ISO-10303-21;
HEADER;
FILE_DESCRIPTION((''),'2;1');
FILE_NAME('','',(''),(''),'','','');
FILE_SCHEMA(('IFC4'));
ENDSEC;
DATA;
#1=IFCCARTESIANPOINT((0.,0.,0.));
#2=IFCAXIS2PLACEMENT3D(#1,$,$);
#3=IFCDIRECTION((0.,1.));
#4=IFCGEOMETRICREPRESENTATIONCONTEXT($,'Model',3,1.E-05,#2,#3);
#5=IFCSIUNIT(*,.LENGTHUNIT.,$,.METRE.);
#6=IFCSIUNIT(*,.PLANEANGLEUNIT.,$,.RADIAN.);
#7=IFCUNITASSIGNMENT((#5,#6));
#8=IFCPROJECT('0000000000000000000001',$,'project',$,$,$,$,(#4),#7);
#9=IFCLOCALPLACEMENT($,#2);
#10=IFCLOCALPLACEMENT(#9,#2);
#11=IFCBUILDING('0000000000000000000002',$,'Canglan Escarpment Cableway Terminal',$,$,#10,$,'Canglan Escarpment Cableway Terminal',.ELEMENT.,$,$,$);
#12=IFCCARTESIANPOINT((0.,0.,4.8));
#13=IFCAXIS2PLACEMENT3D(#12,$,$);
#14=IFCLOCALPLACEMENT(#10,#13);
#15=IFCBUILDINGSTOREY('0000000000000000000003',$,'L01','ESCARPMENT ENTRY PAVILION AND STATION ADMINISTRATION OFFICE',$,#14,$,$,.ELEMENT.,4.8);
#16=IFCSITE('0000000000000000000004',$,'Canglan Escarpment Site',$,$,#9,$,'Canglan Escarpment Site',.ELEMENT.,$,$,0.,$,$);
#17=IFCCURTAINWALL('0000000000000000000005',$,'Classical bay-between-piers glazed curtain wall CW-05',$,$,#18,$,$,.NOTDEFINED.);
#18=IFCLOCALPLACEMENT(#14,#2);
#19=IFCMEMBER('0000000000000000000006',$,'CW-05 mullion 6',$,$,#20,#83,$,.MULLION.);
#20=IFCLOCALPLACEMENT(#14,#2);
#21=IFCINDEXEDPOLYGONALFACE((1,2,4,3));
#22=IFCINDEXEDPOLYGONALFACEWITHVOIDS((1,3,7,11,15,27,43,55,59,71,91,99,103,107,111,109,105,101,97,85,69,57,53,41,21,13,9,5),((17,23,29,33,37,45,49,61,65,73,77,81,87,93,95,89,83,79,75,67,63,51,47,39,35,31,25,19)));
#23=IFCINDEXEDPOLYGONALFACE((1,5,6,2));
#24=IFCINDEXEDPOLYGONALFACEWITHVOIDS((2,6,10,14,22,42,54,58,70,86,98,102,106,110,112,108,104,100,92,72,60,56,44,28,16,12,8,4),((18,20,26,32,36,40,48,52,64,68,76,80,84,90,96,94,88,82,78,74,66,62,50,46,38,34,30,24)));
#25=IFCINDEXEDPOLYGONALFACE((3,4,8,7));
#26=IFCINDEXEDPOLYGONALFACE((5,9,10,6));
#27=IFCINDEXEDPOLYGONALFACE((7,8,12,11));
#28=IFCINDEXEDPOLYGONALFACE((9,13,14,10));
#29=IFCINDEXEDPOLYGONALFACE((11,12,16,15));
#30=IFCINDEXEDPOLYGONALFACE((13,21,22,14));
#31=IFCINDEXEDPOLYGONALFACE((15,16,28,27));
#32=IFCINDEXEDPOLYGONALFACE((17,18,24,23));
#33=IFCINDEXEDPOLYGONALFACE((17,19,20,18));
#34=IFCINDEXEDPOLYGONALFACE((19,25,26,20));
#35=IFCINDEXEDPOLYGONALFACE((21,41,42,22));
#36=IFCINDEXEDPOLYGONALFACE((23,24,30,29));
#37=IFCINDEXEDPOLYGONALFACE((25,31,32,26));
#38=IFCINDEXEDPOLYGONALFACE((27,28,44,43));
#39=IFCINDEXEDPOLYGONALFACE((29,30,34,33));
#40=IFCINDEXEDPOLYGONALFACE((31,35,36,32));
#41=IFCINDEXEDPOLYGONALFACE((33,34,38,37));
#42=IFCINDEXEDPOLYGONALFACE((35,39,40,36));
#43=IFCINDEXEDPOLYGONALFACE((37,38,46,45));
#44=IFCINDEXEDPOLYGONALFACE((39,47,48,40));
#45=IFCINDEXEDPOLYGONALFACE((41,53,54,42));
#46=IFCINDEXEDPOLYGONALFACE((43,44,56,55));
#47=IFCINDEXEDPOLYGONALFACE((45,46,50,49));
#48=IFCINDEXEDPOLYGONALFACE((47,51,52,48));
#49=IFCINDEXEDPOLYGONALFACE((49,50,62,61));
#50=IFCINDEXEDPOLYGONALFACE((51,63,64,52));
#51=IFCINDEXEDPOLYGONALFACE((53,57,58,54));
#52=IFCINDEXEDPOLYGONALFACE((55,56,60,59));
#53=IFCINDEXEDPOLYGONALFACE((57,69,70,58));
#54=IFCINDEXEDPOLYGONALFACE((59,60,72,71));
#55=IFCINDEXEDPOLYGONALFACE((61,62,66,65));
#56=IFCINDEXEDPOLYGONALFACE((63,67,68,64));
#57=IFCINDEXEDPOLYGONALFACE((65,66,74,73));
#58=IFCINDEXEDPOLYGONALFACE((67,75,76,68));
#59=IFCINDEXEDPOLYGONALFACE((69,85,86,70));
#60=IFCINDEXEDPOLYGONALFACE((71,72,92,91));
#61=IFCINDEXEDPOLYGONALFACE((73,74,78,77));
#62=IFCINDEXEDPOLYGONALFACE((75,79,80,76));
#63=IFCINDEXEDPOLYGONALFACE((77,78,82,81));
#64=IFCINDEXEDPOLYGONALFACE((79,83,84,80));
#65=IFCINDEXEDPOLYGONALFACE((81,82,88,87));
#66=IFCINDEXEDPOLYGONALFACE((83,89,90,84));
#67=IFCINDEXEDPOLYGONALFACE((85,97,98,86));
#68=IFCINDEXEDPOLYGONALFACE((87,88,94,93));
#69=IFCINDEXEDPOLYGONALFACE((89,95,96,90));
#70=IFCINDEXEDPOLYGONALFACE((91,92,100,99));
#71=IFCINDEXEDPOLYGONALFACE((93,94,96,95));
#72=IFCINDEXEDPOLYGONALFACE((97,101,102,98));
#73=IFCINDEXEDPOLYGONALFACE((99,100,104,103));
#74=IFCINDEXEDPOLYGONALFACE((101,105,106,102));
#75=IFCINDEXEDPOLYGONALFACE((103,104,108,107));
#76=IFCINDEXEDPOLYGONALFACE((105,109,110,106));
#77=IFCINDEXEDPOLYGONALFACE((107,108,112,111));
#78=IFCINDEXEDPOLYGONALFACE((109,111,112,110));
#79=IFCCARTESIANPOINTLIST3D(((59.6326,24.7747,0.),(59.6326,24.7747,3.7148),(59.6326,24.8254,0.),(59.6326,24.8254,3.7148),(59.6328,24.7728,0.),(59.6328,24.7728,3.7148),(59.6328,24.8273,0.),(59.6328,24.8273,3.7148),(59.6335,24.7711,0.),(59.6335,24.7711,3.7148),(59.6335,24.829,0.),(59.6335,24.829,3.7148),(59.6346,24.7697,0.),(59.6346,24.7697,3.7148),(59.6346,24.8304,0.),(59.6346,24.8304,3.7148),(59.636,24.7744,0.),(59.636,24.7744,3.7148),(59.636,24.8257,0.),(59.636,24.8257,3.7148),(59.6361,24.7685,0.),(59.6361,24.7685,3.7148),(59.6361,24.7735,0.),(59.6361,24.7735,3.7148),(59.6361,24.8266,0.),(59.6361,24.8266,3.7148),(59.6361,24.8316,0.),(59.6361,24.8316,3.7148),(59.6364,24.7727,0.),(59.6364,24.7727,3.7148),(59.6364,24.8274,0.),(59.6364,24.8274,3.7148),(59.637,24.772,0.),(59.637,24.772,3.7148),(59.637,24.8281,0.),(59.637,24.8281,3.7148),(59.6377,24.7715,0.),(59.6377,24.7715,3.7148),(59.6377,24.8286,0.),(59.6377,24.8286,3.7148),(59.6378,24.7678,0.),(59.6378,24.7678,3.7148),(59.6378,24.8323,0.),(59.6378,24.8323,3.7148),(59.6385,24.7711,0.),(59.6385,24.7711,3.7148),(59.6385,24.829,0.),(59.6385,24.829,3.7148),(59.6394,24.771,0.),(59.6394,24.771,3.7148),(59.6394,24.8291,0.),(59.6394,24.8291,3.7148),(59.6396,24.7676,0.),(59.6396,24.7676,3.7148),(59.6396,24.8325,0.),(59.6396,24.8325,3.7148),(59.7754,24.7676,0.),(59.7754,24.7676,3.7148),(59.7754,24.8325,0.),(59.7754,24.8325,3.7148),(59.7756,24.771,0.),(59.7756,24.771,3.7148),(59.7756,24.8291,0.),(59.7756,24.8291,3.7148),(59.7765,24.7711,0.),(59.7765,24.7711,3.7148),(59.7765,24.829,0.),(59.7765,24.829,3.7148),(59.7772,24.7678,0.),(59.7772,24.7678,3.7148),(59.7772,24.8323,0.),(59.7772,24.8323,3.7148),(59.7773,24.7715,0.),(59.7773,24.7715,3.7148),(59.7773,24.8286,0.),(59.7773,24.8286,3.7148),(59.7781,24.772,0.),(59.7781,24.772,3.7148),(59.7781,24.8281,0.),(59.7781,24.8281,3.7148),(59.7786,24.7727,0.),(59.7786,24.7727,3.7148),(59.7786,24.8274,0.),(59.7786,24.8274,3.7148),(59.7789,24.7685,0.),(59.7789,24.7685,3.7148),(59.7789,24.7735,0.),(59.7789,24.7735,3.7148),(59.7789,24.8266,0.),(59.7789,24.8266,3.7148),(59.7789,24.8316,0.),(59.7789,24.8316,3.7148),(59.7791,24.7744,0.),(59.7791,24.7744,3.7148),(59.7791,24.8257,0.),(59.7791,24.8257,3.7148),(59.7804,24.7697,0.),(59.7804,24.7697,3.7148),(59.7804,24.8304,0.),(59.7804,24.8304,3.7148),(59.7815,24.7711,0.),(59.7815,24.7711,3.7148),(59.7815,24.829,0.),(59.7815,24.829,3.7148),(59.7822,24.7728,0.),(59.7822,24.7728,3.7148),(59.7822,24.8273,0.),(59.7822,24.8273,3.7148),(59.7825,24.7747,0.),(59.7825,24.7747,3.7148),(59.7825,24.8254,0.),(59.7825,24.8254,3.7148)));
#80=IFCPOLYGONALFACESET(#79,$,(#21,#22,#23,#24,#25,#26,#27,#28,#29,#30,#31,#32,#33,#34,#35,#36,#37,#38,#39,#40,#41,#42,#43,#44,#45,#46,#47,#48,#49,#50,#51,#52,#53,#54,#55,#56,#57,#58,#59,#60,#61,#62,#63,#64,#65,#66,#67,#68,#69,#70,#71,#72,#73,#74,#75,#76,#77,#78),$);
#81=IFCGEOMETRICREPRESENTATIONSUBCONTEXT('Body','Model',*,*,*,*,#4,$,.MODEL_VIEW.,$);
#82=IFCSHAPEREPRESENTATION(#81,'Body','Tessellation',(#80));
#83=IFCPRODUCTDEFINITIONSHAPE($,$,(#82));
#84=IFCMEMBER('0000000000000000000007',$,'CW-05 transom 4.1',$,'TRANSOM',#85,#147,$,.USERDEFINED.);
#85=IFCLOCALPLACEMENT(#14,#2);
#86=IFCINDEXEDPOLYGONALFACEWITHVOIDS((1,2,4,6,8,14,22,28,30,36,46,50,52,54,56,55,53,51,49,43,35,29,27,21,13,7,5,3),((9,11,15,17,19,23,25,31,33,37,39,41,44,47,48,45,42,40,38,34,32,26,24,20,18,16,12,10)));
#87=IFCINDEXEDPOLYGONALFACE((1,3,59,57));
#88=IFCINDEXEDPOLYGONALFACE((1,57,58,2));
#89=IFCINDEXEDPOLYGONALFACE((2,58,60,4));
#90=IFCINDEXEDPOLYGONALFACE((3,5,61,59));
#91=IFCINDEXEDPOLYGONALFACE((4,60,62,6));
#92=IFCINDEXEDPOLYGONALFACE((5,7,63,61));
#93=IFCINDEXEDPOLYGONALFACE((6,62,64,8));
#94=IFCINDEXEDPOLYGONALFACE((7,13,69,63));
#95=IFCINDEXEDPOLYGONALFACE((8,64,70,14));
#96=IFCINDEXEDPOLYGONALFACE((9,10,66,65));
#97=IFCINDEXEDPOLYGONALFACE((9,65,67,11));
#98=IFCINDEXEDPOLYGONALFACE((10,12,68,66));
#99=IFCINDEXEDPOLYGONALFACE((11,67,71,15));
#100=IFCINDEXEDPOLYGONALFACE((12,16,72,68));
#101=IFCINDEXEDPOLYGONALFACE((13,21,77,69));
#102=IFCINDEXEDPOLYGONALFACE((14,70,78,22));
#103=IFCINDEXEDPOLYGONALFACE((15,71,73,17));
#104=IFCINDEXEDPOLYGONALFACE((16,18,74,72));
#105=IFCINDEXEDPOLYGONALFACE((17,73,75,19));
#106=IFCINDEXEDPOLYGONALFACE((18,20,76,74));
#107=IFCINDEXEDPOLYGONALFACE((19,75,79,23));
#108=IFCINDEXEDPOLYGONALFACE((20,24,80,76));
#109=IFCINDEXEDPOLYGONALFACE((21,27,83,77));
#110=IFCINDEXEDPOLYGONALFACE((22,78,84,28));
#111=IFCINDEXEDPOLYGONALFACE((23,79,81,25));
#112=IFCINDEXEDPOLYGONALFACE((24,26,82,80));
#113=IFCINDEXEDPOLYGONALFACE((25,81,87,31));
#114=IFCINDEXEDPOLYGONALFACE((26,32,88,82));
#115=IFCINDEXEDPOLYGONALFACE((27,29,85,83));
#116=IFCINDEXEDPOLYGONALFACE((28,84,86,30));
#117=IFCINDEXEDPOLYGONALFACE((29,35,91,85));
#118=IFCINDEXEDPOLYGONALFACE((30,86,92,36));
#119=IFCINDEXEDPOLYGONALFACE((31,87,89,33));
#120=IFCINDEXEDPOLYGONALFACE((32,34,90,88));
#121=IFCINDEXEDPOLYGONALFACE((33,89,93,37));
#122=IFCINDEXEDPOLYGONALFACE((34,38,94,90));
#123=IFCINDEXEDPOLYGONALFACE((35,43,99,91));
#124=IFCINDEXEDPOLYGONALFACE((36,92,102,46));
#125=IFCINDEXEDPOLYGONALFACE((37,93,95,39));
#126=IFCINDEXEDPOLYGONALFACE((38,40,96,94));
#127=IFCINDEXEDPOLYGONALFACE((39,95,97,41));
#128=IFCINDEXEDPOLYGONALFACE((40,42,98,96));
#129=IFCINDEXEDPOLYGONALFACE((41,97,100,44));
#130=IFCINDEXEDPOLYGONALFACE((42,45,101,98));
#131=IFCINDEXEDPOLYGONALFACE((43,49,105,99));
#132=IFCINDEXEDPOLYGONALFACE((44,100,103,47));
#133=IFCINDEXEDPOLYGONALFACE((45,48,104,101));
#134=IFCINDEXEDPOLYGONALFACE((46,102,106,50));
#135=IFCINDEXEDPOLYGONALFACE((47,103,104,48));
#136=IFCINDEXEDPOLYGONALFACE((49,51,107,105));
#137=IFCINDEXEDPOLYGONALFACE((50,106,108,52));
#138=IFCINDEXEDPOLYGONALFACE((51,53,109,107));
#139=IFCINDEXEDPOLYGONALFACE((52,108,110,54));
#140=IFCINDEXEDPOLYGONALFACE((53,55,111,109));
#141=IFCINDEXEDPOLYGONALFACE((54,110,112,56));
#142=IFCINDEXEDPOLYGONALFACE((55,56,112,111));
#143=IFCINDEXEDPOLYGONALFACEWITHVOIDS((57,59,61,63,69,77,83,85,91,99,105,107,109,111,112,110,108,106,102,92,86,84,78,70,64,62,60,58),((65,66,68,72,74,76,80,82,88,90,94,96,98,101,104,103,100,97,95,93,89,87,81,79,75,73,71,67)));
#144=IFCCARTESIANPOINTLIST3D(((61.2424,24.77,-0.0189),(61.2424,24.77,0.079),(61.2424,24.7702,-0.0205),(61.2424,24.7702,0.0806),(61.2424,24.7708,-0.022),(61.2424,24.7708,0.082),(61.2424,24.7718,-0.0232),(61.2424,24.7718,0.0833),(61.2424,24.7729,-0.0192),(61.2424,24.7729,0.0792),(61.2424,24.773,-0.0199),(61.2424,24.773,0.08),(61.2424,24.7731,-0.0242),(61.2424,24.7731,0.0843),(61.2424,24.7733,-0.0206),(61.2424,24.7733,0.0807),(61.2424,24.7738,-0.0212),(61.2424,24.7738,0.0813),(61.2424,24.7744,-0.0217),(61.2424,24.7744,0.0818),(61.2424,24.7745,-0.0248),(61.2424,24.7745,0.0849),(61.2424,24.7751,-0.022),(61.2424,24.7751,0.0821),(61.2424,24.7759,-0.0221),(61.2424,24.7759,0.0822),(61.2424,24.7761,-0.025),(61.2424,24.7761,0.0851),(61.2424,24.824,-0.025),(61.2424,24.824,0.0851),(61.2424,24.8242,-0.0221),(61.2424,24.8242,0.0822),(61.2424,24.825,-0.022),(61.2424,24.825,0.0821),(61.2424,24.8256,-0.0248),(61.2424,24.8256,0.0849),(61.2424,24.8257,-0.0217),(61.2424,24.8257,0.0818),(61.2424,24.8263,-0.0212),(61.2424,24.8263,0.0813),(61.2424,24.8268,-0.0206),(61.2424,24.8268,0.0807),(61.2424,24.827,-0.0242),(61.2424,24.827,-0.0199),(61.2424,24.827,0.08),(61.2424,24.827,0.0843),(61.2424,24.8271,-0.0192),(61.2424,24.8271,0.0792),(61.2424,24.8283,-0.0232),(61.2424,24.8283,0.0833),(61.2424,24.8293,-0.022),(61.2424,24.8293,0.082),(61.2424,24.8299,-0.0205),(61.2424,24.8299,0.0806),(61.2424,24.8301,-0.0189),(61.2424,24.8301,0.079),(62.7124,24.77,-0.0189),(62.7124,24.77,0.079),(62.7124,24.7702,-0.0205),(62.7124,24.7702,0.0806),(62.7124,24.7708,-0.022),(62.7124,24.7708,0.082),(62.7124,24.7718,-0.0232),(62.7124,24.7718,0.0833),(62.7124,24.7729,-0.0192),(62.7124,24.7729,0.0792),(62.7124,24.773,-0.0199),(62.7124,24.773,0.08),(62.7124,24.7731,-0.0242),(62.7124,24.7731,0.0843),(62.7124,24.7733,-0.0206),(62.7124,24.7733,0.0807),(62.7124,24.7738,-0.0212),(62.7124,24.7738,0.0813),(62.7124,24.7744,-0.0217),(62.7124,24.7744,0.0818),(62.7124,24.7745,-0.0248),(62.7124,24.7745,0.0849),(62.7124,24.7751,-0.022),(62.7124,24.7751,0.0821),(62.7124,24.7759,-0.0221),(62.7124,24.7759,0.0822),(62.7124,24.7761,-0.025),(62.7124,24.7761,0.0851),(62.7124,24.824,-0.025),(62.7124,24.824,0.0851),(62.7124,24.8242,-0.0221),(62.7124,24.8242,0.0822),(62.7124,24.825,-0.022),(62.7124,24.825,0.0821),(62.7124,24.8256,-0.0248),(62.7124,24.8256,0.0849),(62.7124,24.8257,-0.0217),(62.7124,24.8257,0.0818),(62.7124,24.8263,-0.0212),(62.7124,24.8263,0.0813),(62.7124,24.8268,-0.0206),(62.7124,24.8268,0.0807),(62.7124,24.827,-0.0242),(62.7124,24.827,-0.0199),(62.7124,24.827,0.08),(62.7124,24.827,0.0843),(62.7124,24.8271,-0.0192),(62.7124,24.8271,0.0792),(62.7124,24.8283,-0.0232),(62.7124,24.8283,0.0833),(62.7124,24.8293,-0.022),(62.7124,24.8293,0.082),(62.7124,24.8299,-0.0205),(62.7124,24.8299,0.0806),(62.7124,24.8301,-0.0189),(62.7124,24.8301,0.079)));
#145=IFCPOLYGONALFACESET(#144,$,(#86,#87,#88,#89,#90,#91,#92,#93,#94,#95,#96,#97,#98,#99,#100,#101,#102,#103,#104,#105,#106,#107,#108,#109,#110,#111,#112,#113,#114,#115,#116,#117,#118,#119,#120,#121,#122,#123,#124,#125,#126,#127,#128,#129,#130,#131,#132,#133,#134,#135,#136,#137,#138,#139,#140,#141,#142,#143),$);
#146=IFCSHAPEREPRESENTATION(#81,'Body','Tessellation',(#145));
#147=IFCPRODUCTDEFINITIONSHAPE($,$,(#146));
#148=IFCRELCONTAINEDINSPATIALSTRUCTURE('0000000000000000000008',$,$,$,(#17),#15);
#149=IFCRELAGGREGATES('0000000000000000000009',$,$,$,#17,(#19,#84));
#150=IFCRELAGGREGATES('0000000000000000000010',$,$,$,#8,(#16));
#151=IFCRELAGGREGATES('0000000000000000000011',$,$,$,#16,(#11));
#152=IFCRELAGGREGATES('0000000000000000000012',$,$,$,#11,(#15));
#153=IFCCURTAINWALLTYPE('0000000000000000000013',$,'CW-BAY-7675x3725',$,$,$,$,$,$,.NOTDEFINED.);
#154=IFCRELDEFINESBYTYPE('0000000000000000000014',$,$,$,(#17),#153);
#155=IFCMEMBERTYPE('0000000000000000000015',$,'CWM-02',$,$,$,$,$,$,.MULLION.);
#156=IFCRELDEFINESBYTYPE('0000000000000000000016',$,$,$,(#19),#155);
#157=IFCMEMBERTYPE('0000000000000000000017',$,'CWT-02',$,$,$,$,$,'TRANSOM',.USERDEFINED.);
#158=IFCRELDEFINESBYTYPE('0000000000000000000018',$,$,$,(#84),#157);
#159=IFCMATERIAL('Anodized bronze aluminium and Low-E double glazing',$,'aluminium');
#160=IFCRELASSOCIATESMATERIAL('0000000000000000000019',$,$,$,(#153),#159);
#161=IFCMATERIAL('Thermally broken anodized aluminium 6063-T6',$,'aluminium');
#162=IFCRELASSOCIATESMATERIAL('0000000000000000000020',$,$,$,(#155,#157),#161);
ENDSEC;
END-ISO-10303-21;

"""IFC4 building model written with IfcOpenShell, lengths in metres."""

from ifc_helpers import new_model, si_unit, direction, frame, origin, origin_2d, place, context, subcontext, project, spatial, hollow_rectangle, extrude, material, material_profile, profile_set, type_object, element, aggregate, save


model = new_model("IFC4")

# Units and contexts
model_context = context("Model", 3, precision=1e-05, world=origin(), true_north=direction((0.0, 1.0)))
body_context = subcontext(model_context, "Body", "Model", "MODEL_VIEW")
ifc_project = project(units=[si_unit("LENGTHUNIT", "METRE"), si_unit("PLANEANGLEUNIT", "RADIAN")], contexts=[model_context])

# Site, building, storey
site_placement = place(None, origin())
site = spatial("IfcSite", under=ifc_project, at=site_placement, Name="Canglan Escarpment Site", LongName="Canglan Escarpment Site", CompositionType="ELEMENT", RefElevation=0.0)
building_placement = place(site_placement, origin())
building = spatial("IfcBuilding", under=site, at=building_placement, Name="Canglan Escarpment Cableway Terminal", LongName="Canglan Escarpment Cableway Terminal", CompositionType="ELEMENT")
storey_placement = place(building_placement, frame((0.0, 0.0, 4.8)))
storey = spatial("IfcBuildingStorey", under=building, at=storey_placement, Name="L01", Description="ESCARPMENT ENTRY PAVILION AND STATION ADMINISTRATION OFFICE", CompositionType="ELEMENT", Elevation=4.8)

# Curtain wall, members
ifc_material_1 = material(Name="Anodized bronze aluminium and Low-E double glazing", Category="aluminium")
curtain_wall_type = type_object("IfcCurtainWallType", Name="CW-BAY-7675x3725", PredefinedType="NOTDEFINED", material=ifc_material_1)
curtain_wall_placement = place(storey_placement, origin())
curtain_wall = element("IfcCurtainWall", 1, at=curtain_wall_placement, inside=storey, type_object=curtain_wall_type, Name="Classical bay-between-piers glazed curtain wall CW-05", PredefinedType="NOTDEFINED")
ifc_material_2 = material(Name="Thermally broken anodized aluminium 6063-T6", Category="aluminium")
ifc_material_profile_1 = material_profile(ifc_material_2, hollow_rectangle(XDim=0.0649, YDim=0.1499, WallThickness=0.0034, InnerFilletRadius=0.0034, OuterFilletRadius=0.0071, at=origin_2d()), Name="ALU-MULL 65x150x3.5")
ifc_profile_set_1 = profile_set([ifc_material_profile_1], Name="Thermally broken anodized aluminium 6063-T6")
member_type_1 = type_object("IfcMemberType", Name="CWM-02", PredefinedType="MULLION", material=ifc_profile_set_1)
member_1_placement = place(storey_placement, frame((59.7075, 24.8, 0.0), z_axis=(0.0, 0.0, 1.0), x_axis=(0.0, -1.0, 0.0)))
member_1 = element("IfcMember", 2, at=member_1_placement, type_object=member_type_1, Name="CW-05 mullion 6", PredefinedType="MULLION", context=body_context, shape_type="SweptSolid", body=[
    extrude(hollow_rectangle(XDim=0.0649, YDim=0.1499, WallThickness=0.0034, InnerFilletRadius=0.0034, OuterFilletRadius=0.0071, at=origin_2d()), origin(), (0.0, 0.0, 1.0), 3.7148),
])
ifc_material_profile_2 = material_profile(ifc_material_2, hollow_rectangle(XDim=0.0601, YDim=0.1101, WallThickness=0.0029, InnerFilletRadius=0.0029, OuterFilletRadius=0.0061, at=origin_2d()), Name="ALU-TRAN 60x110x3")
ifc_profile_set_2 = profile_set([ifc_material_profile_2], Name="Thermally broken anodized aluminium 6063-T6")
member_type_2 = type_object("IfcMemberType", Name="CWT-02", ElementType="TRANSOM", PredefinedType="USERDEFINED", material=ifc_profile_set_2)
member_2_placement = place(storey_placement, frame((62.7124, 24.8, 0.03), z_axis=(-1.0, 0.0, 0.0), x_axis=(0.0, -1.0, 0.0)))
member_2 = element("IfcMember", 3, at=member_2_placement, type_object=member_type_2, Name="CW-05 transom 4.1", ObjectType="TRANSOM", PredefinedType="USERDEFINED", context=body_context, shape_type="SweptSolid", body=[
    extrude(hollow_rectangle(XDim=0.0601, YDim=0.1101, WallThickness=0.0029, InnerFilletRadius=0.0029, OuterFilletRadius=0.0061, at=origin_2d()), origin(), (0.0, 0.0, 1.0), 1.47),
])
aggregate(curtain_wall, [member_1, member_2])

save(model, "model.ifc")
